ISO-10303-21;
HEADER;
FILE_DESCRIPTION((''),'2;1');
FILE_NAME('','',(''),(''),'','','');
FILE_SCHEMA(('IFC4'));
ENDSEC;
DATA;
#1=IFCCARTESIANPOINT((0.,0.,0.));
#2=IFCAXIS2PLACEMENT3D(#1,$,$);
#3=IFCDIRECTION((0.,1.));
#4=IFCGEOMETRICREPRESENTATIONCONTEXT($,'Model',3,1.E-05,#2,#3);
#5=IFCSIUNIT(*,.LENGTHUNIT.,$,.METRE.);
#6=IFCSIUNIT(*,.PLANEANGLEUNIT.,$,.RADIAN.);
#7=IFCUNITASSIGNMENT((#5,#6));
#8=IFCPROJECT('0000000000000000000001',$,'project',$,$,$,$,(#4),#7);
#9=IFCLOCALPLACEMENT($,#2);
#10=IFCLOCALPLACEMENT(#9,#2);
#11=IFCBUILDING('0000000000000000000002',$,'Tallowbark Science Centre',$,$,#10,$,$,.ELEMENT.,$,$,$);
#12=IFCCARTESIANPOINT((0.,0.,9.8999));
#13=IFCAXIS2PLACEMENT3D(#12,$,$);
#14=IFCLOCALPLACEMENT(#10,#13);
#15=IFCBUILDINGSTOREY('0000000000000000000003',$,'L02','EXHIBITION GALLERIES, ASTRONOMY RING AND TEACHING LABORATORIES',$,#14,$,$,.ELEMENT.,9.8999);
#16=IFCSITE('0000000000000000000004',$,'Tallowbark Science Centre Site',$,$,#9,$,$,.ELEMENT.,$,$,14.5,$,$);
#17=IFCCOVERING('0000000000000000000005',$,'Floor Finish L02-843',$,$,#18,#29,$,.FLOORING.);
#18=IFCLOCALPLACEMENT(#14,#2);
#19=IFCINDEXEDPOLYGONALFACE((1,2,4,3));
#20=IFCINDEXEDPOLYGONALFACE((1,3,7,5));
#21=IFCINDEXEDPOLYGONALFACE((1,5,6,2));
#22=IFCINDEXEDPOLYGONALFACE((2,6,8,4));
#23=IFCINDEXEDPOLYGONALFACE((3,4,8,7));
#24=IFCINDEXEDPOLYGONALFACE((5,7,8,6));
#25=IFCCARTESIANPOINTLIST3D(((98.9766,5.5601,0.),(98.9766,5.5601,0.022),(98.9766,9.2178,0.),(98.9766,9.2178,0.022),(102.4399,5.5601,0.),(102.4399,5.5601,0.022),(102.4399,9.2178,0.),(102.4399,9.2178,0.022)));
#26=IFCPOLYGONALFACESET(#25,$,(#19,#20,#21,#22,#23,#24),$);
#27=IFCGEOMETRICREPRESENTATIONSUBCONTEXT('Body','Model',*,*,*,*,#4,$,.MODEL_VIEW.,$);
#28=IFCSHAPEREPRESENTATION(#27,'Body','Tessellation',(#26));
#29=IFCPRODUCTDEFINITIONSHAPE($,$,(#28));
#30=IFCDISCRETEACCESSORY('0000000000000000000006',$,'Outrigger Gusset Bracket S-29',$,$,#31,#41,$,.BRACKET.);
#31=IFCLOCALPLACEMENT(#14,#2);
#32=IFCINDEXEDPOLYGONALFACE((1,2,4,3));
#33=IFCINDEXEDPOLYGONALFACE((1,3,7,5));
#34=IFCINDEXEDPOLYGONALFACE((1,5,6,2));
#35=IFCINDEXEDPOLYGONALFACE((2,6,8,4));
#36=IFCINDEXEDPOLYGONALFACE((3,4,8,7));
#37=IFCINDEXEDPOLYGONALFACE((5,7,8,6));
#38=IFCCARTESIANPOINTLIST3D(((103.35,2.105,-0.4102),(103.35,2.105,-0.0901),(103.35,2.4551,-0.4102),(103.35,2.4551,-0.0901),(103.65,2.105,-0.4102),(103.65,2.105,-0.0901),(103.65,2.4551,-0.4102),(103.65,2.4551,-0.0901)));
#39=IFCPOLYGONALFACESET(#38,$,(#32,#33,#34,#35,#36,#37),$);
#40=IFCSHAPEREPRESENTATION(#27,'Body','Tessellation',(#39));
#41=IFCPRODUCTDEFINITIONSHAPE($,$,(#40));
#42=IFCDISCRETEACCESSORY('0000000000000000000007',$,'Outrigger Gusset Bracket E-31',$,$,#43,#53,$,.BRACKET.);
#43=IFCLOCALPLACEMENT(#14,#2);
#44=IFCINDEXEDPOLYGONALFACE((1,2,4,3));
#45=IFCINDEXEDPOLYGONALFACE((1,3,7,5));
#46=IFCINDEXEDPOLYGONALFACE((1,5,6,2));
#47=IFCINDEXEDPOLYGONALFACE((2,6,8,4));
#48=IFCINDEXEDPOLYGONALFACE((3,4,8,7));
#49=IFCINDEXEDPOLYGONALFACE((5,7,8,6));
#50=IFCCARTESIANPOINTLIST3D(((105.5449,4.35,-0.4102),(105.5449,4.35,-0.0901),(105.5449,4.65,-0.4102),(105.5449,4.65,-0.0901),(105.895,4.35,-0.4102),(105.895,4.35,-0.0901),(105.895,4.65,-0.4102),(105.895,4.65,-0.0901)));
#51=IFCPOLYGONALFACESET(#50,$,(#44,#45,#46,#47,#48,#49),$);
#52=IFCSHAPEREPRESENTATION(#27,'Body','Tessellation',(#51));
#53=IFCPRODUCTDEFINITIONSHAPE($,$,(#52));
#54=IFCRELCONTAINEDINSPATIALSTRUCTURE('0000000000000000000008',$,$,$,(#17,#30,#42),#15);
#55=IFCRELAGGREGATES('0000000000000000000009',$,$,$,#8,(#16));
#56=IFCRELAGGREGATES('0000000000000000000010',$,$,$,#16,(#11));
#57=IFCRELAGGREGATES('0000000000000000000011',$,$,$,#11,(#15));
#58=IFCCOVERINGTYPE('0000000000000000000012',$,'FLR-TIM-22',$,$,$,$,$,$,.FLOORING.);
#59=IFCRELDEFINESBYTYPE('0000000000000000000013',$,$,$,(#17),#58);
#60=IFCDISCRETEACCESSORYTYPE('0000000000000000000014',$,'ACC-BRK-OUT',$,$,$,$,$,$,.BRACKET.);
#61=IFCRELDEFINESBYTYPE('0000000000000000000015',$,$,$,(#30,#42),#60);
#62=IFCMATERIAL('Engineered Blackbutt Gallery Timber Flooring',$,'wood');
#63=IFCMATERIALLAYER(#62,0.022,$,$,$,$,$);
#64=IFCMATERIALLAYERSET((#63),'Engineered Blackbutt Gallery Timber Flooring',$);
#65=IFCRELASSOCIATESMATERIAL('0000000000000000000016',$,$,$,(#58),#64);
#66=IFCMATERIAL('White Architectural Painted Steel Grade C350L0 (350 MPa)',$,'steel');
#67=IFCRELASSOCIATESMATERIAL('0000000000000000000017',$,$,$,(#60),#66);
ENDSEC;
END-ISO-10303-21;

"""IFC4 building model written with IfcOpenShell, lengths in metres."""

from ifc_helpers import new_model, si_unit, direction, frame, origin, origin_2d, place, context, subcontext, project, spatial, rectangle, extrude, material, layer, layer_set, type_object, element, save


model = new_model("IFC4")

# Units and contexts
model_context = context("Model", 3, precision=1e-05, world=origin(), true_north=direction((0.0, 1.0)))
body_context = subcontext(model_context, "Body", "Model", "MODEL_VIEW")
ifc_project = project(units=[si_unit("LENGTHUNIT", "METRE"), si_unit("PLANEANGLEUNIT", "RADIAN")], contexts=[model_context])

# Site, building, storey
site_placement = place(None, origin())
site = spatial("IfcSite", under=ifc_project, at=site_placement, Name="Tallowbark Science Centre Site", CompositionType="ELEMENT", RefElevation=14.5)
building_placement = place(site_placement, origin())
building = spatial("IfcBuilding", under=site, at=building_placement, Name="Tallowbark Science Centre", CompositionType="ELEMENT")
storey_placement = place(building_placement, frame((0.0, 0.0, 9.8999)))
storey = spatial("IfcBuildingStorey", under=building, at=storey_placement, Name="L02", Description="EXHIBITION GALLERIES, ASTRONOMY RING AND TEACHING LABORATORIES", CompositionType="ELEMENT", Elevation=9.8999)

# Shared definitions
ifc_material_1 = material(Name="White Architectural Painted Steel Grade C350L0 (350 MPa)", Category="steel")

# Covering
ifc_material_2 = material(Name="Engineered Blackbutt Gallery Timber Flooring", Category="wood")
ifc_layer_1 = layer(ifc_material_2, 0.022)
ifc_layer_set_1 = layer_set([ifc_layer_1], Name="Engineered Blackbutt Gallery Timber Flooring")
covering_type = type_object("IfcCoveringType", Name="FLR-TIM-22", PredefinedType="FLOORING", material=ifc_layer_set_1)
covering_placement = place(storey_placement, frame((100.7083, 7.3889, 0.0), z_axis=(0.0, 0.0, 1.0), x_axis=(1.0, 0.0, 0.0)))
element("IfcCovering", 1, at=covering_placement, inside=storey, type_object=covering_type, Name="Floor Finish L02-843", PredefinedType="FLOORING", context=body_context, shape_type="SweptSolid", body=[
    extrude(rectangle(XDim=3.4634, YDim=3.6577, at=origin_2d()), origin(), (0.0, 0.0, 1.0), 0.022),
])

# Discrete accessories
discrete_accessory_type = type_object("IfcDiscreteAccessoryType", Name="ACC-BRK-OUT", PredefinedType="BRACKET", material=ifc_material_1)
discrete_accessory_1_placement = place(storey_placement, frame((103.5, 2.28, -0.4102), z_axis=(0.0, 0.0, 1.0), x_axis=(1.0, 0.0, 0.0)))
element("IfcDiscreteAccessory", 2, at=discrete_accessory_1_placement, inside=storey, type_object=discrete_accessory_type, Name="Outrigger Gusset Bracket S-29", PredefinedType="BRACKET", context=body_context, shape_type="SweptSolid", body=[
    extrude(rectangle(XDim=0.3, YDim=0.3501, at=origin_2d()), origin(), (0.0, 0.0, 1.0), 0.3201),
])
discrete_accessory_2_placement = place(storey_placement, frame((105.72, 4.5, -0.4102), z_axis=(0.0, 0.0, 1.0), x_axis=(1.0, 0.0, 0.0)))
element("IfcDiscreteAccessory", 3, at=discrete_accessory_2_placement, inside=storey, type_object=discrete_accessory_type, Name="Outrigger Gusset Bracket E-31", PredefinedType="BRACKET", context=body_context, shape_type="SweptSolid", body=[
    extrude(rectangle(XDim=0.3501, YDim=0.3, at=origin_2d()), origin(), (0.0, 0.0, 1.0), 0.3201),
])

save(model, "model.ifc")
